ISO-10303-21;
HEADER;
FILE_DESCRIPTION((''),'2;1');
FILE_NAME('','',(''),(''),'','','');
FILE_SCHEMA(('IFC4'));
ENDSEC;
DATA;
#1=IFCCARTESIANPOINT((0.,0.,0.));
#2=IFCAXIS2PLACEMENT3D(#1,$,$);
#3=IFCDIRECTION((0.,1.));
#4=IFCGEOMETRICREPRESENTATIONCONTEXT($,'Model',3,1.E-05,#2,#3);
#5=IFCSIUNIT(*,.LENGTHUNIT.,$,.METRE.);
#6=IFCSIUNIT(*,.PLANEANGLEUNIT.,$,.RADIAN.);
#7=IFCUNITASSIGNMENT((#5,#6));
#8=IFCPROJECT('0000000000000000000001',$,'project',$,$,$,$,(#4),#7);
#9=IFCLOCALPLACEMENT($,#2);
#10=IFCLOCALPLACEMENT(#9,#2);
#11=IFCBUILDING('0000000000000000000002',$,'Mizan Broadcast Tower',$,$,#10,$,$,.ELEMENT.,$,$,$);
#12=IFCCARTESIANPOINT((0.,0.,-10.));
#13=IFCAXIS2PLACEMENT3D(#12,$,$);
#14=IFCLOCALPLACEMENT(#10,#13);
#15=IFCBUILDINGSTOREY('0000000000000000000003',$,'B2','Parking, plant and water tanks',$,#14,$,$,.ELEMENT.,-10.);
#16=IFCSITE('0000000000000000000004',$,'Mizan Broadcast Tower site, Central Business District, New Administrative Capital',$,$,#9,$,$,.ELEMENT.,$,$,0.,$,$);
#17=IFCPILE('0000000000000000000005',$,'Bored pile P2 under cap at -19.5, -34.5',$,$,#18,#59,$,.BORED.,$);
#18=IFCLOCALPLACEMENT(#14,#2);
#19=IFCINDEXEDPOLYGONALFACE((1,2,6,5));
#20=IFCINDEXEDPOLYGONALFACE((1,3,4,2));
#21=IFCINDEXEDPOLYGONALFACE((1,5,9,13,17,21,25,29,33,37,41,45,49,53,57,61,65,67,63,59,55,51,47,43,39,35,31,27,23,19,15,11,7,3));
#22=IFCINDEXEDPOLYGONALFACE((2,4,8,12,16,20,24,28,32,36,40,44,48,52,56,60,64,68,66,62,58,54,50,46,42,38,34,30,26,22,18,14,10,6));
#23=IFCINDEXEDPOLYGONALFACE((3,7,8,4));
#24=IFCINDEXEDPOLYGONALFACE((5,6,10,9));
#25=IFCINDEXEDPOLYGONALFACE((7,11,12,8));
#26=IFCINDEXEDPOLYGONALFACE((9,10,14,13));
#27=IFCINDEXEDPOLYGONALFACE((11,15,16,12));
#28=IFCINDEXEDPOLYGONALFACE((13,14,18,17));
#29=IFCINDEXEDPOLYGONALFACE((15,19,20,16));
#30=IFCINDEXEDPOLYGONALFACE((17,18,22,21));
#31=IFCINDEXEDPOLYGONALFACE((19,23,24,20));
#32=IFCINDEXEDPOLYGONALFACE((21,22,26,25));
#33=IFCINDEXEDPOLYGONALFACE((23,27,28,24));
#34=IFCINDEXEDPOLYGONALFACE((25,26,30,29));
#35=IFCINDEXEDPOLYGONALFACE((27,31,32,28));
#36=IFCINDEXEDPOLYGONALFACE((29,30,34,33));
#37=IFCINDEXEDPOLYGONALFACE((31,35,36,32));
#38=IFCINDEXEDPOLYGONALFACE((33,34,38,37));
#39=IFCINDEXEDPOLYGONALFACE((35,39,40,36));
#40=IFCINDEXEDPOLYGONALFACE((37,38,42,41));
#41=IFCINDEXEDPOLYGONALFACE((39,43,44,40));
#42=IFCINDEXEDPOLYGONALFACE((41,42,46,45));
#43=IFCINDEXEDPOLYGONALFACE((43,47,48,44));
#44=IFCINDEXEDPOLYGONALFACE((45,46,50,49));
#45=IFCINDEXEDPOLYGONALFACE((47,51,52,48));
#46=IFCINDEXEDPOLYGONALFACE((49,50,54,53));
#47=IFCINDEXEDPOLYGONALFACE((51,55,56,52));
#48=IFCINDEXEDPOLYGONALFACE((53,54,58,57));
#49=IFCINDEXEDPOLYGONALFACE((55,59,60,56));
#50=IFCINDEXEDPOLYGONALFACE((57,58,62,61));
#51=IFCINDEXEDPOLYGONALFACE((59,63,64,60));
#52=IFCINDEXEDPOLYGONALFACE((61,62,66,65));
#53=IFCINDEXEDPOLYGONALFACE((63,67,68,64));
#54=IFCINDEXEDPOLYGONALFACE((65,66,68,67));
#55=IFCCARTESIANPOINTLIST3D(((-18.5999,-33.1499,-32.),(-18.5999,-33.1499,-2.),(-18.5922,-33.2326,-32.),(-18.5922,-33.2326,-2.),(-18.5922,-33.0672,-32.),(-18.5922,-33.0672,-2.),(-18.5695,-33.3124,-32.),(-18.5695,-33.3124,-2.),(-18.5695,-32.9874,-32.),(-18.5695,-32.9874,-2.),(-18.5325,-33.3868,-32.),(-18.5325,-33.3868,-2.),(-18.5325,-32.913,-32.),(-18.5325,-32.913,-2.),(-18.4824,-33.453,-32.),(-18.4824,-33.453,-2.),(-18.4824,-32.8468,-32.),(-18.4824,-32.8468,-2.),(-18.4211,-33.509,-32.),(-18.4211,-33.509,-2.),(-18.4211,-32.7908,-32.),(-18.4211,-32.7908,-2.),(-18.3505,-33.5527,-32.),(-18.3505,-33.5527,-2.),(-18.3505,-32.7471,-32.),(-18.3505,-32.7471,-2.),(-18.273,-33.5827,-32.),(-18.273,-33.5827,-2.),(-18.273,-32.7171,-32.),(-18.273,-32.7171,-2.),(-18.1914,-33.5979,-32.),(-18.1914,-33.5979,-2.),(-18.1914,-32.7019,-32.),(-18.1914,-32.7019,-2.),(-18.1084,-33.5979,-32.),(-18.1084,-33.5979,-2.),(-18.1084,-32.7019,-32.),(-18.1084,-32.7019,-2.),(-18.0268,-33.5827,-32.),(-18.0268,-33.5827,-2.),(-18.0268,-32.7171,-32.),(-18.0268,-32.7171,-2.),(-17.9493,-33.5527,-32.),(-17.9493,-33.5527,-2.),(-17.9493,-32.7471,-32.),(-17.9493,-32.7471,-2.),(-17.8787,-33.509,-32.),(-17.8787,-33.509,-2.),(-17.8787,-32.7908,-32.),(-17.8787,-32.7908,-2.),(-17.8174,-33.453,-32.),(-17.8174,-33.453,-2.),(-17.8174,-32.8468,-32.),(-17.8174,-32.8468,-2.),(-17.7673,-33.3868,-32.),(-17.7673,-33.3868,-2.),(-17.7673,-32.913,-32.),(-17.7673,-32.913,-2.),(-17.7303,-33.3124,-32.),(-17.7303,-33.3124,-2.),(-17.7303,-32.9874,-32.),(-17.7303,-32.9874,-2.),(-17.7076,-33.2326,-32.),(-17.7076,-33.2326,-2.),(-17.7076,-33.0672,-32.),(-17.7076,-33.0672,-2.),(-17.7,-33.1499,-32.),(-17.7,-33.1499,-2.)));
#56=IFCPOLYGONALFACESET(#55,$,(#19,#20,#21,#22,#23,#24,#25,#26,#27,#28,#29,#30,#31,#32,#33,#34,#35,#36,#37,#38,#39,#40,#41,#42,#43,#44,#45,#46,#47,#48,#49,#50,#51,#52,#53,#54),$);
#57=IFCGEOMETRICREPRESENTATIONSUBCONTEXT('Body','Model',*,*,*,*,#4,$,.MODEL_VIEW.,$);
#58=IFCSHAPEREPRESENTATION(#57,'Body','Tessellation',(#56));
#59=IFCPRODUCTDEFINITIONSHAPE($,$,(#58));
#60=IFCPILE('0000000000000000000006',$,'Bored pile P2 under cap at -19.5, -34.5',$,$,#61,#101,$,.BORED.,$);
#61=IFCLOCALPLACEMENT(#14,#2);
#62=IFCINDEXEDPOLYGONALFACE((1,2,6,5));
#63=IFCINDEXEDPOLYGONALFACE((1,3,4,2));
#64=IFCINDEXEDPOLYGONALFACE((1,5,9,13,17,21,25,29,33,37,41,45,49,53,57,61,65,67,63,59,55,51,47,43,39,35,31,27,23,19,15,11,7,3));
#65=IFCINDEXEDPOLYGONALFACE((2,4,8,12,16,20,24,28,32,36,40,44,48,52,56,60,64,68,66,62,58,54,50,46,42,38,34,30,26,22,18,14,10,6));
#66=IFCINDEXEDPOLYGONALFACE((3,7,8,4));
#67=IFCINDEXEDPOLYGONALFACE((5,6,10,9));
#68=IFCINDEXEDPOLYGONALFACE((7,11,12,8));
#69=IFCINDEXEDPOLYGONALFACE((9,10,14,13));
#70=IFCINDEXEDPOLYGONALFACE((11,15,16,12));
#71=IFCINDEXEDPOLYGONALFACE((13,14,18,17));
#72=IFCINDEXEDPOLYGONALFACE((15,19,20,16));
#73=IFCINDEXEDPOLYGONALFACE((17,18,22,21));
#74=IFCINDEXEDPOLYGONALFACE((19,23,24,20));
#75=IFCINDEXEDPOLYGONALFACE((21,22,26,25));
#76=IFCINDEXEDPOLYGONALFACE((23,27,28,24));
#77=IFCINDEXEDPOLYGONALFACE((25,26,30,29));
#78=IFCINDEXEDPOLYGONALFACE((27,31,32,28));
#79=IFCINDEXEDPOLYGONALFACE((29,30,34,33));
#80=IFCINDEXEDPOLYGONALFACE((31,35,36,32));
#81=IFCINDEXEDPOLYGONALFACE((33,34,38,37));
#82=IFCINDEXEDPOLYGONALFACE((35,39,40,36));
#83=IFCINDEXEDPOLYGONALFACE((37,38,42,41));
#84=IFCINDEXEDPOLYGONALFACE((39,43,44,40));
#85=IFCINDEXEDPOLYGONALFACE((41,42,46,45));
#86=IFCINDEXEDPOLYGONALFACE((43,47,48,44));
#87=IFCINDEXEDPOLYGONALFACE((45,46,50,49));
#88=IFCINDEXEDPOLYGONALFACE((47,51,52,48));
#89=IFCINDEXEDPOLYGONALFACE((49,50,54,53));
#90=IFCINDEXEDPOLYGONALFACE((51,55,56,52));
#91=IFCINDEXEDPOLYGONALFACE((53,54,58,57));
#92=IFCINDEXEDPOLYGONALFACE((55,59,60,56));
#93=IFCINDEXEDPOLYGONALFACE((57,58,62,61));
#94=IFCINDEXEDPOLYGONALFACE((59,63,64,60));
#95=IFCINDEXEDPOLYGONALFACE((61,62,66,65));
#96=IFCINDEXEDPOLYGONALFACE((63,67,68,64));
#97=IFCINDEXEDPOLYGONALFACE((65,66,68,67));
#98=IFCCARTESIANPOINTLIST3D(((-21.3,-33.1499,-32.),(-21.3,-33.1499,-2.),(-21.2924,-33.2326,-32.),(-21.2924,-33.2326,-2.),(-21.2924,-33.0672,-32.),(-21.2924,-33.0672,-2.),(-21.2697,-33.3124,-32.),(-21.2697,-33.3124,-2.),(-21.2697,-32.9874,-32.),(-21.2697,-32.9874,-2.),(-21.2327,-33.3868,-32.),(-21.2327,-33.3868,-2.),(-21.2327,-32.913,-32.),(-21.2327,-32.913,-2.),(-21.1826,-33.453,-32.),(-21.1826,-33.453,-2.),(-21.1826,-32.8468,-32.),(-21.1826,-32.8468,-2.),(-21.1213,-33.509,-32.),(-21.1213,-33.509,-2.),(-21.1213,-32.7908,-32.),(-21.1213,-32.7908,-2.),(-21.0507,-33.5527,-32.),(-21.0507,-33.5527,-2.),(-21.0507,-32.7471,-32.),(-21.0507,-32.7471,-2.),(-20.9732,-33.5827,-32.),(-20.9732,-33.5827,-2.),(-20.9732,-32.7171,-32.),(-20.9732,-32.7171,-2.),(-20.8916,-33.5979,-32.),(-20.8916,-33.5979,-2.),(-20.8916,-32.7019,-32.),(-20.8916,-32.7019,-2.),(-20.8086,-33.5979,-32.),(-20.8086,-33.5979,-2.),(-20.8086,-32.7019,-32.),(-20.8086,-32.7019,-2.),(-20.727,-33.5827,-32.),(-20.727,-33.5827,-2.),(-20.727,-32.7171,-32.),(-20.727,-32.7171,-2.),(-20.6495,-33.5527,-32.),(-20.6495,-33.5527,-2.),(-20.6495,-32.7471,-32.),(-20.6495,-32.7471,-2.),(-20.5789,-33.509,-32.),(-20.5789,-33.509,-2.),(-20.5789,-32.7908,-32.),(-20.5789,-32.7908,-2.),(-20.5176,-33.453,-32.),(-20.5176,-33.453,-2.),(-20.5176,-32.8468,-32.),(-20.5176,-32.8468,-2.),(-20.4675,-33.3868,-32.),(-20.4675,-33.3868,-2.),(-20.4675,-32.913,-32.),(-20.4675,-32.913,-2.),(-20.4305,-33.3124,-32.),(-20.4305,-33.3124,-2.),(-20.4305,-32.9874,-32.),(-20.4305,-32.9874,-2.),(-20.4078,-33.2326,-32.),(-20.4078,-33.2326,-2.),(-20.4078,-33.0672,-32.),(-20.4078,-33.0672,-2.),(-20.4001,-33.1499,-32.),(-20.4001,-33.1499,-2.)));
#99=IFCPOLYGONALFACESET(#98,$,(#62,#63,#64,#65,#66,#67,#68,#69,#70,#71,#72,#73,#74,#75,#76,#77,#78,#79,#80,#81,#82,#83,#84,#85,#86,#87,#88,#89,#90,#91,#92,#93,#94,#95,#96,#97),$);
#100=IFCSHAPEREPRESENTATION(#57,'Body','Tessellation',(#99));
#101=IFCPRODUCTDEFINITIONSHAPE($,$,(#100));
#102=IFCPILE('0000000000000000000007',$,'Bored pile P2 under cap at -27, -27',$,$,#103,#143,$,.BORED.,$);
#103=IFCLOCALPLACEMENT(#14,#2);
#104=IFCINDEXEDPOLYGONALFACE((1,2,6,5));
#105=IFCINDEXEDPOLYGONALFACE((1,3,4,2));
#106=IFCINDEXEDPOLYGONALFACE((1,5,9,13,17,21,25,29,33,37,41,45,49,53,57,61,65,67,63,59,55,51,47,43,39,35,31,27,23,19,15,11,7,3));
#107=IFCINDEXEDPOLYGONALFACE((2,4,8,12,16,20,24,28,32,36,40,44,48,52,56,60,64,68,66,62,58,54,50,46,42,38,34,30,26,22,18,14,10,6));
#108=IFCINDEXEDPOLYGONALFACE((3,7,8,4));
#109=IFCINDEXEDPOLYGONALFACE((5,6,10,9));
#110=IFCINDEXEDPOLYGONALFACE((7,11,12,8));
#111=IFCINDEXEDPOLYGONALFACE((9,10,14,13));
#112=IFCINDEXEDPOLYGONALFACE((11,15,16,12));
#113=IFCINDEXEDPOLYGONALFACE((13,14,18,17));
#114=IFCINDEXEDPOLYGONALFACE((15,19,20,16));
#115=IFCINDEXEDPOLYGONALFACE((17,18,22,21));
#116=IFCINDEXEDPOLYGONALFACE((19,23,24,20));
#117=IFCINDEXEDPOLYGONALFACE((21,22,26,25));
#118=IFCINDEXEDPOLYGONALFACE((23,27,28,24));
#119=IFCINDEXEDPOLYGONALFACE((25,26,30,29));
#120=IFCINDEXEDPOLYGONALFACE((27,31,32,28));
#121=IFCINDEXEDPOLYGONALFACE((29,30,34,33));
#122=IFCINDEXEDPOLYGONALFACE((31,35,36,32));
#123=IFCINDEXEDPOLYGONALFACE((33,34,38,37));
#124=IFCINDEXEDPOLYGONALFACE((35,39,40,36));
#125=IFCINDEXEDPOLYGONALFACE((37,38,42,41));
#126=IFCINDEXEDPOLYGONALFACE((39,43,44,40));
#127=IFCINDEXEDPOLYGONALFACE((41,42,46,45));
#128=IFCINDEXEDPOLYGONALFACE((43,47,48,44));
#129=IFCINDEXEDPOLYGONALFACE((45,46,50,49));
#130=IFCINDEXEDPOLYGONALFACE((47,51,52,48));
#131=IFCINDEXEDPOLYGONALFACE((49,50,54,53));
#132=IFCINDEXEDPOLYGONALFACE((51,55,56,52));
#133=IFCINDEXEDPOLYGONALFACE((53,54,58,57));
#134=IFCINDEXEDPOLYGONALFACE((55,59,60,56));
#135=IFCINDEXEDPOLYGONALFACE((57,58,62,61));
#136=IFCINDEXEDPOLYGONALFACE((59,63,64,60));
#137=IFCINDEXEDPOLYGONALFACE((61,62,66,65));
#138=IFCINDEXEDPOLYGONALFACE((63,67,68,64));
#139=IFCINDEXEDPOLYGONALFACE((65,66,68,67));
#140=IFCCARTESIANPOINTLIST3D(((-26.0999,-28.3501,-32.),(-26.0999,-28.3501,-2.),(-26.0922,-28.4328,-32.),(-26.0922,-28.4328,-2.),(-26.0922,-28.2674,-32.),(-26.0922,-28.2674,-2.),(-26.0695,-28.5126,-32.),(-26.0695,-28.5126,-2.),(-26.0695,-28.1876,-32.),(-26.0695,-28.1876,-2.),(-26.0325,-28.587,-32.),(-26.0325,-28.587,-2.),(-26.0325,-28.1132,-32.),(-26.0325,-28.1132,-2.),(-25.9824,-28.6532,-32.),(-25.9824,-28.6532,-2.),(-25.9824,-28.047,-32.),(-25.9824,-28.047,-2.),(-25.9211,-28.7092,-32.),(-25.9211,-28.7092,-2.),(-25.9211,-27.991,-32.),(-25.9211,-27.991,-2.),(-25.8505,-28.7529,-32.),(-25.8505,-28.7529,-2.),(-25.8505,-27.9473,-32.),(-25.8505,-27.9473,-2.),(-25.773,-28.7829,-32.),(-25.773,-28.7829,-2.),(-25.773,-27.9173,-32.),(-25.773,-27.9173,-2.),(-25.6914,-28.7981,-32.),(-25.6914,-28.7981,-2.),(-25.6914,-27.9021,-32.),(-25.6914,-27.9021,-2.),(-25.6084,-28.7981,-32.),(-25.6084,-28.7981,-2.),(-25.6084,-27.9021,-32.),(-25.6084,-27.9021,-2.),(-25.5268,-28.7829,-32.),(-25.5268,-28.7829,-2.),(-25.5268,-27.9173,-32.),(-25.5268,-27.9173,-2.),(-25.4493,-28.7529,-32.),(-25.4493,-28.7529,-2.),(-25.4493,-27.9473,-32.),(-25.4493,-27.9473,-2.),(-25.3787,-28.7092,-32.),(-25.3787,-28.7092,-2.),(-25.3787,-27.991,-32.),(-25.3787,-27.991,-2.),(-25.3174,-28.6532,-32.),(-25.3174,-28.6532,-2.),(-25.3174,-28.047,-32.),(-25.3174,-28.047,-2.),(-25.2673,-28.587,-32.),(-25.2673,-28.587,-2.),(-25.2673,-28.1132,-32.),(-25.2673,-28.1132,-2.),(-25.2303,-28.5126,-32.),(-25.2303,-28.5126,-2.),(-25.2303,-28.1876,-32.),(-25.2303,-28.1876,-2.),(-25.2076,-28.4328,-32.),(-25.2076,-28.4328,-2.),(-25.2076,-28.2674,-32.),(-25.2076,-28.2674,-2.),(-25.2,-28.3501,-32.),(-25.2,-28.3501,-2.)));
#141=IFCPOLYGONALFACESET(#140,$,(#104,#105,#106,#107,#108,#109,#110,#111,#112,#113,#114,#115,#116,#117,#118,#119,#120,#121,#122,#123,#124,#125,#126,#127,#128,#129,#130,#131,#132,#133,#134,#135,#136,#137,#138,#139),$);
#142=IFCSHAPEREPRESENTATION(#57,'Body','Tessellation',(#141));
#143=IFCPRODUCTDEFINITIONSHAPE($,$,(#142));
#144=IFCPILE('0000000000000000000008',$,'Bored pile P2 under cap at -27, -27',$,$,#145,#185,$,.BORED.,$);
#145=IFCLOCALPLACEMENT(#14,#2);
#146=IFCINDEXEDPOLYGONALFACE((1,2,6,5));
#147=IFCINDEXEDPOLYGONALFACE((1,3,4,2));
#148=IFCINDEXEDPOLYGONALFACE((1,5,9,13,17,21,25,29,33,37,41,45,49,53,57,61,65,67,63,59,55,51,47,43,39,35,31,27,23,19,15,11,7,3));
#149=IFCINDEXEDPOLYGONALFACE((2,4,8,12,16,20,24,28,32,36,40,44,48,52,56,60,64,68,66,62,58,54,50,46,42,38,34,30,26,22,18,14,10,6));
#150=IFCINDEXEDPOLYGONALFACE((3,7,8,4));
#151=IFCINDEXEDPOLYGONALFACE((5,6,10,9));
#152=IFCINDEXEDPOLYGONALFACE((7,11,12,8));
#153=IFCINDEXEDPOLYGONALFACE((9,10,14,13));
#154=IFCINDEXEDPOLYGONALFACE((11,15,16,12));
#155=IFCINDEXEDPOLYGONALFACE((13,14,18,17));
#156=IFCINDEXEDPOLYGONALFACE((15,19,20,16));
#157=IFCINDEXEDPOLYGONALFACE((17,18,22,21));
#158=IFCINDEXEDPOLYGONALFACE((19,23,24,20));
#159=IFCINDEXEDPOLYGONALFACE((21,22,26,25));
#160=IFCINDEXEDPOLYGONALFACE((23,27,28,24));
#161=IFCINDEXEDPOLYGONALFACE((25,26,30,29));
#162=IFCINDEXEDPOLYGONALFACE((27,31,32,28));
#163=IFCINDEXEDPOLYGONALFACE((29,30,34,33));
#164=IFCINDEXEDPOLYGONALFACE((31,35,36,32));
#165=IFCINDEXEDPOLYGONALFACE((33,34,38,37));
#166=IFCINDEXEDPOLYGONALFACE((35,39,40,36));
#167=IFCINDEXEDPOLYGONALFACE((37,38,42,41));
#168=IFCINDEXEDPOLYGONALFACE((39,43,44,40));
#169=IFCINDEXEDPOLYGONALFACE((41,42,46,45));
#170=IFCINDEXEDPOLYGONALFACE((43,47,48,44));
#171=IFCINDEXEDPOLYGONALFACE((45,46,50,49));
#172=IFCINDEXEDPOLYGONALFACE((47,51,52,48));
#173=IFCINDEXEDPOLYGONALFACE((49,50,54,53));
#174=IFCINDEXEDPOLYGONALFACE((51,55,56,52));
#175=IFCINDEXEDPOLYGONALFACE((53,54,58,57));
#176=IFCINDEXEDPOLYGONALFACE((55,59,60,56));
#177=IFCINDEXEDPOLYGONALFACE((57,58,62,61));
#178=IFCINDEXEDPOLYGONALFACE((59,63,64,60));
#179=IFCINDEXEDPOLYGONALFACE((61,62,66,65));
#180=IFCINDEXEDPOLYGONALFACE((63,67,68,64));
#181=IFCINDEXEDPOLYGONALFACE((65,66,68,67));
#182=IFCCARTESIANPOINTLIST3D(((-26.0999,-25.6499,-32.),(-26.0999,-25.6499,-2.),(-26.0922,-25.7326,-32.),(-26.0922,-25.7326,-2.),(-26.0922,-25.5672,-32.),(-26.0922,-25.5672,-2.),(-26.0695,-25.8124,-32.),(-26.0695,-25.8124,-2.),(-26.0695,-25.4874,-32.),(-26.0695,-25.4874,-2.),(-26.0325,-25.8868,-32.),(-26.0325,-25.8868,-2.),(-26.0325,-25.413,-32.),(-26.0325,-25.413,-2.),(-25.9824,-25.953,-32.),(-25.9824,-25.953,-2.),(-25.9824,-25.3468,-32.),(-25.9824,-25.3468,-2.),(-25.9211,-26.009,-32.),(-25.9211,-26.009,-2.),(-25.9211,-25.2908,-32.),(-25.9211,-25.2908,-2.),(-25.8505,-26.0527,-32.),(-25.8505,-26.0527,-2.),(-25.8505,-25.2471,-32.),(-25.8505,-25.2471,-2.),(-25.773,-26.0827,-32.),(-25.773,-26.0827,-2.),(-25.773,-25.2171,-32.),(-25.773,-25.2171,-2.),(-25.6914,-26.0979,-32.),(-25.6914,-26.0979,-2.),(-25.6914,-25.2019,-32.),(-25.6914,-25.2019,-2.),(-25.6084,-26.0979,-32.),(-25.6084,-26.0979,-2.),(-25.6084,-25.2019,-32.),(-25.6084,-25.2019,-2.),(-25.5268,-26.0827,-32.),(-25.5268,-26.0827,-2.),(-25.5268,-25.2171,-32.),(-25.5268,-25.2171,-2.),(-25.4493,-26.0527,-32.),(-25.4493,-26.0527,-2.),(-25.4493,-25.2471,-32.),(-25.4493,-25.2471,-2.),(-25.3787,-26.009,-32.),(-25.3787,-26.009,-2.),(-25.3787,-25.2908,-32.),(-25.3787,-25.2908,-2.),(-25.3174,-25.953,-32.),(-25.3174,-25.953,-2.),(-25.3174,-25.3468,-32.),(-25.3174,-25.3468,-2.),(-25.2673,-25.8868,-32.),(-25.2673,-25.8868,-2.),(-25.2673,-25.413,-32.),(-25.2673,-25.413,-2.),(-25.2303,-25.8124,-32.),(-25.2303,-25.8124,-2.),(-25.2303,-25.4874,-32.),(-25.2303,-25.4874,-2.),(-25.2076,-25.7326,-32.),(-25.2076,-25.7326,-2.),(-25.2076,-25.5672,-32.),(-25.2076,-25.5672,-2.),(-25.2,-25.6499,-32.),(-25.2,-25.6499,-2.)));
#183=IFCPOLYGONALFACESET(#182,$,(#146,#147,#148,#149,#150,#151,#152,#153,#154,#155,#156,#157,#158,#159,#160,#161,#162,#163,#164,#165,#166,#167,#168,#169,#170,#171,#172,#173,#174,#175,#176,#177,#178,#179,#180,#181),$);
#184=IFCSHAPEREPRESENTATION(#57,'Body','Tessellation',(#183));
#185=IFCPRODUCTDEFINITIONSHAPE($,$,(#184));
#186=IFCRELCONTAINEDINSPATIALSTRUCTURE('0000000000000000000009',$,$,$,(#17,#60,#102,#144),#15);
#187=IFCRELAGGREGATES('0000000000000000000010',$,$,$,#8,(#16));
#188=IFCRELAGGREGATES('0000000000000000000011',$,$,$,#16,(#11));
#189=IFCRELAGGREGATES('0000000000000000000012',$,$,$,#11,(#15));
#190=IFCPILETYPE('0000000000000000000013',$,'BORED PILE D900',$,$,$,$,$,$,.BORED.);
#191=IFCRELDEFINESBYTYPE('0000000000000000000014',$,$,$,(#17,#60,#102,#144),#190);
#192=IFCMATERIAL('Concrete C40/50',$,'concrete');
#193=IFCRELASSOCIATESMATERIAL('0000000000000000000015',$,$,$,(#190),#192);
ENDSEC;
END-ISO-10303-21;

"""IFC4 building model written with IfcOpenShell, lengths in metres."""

from ifc_helpers import new_model, si_unit, direction, frame, origin, origin_2d, place, context, subcontext, project, spatial, circle, extrude, material, material_profile, profile_set, type_object, element, save


model = new_model("IFC4")

# Units and contexts
model_context = context("Model", 3, precision=1e-05, world=origin(), true_north=direction((0.0, 1.0)))
body_context = subcontext(model_context, "Body", "Model", "MODEL_VIEW")
ifc_project = project(units=[si_unit("LENGTHUNIT", "METRE"), si_unit("PLANEANGLEUNIT", "RADIAN")], contexts=[model_context])

# Site, building, storey
site_placement = place(None, origin())
site = spatial("IfcSite", under=ifc_project, at=site_placement, Name="Mizan Broadcast Tower site, Central Business District, New Administrative Capital", CompositionType="ELEMENT", RefElevation=0.0)
building_placement = place(site_placement, origin())
building = spatial("IfcBuilding", under=site, at=building_placement, Name="Mizan Broadcast Tower", CompositionType="ELEMENT")
storey_placement = place(building_placement, frame((0.0, 0.0, -10.0)))
storey = spatial("IfcBuildingStorey", under=building, at=storey_placement, Name="B2", Description="Parking, plant and water tanks", CompositionType="ELEMENT", Elevation=-10.0)

# Piles
ifc_material_1 = material(Name="Concrete C40/50", Category="concrete")
ifc_material_profile_1 = material_profile(ifc_material_1, circle(Radius=0.45, at=origin_2d()), Name="D900")
ifc_profile_set_1 = profile_set([ifc_material_profile_1], Name="Concrete C40/50")
pile_type_1 = type_object("IfcPileType", Name="BORED PILE D900", PredefinedType="BORED", material=ifc_profile_set_1)
for number, where, z_axis, x_axis, name in (
    (1, (-18.1499, -33.1499, -2.0), (0.0, 0.0, -1.0), (1.0, 0.0, 0.0), "Bored pile P2 under cap at -19.5, -34.5"),
    (2, (-20.8501, -33.1499, -2.0), (0.0, 0.0, -1.0), (1.0, 0.0, 0.0), "Bored pile P2 under cap at -19.5, -34.5"),
    (3, (-25.6499, -28.3501, -2.0), (0.0, 0.0, -1.0), (1.0, 0.0, 0.0), "Bored pile P2 under cap at -27, -27"),
    (4, (-25.6499, -25.6499, -2.0), (0.0, 0.0, -1.0), (1.0, 0.0, 0.0), "Bored pile P2 under cap at -27, -27"),
):
    element("IfcPile", number, at=place(storey_placement, frame(where, z_axis=z_axis, x_axis=x_axis)), inside=storey, type_object=pile_type_1, Name=name, PredefinedType="BORED", context=body_context, shape_type="SweptSolid", body=[
        extrude(circle(Radius=0.45, at=origin_2d()), origin(), (0.0, 0.0, 1.0), 30.0),
    ])

save(model, "model.ifc")
